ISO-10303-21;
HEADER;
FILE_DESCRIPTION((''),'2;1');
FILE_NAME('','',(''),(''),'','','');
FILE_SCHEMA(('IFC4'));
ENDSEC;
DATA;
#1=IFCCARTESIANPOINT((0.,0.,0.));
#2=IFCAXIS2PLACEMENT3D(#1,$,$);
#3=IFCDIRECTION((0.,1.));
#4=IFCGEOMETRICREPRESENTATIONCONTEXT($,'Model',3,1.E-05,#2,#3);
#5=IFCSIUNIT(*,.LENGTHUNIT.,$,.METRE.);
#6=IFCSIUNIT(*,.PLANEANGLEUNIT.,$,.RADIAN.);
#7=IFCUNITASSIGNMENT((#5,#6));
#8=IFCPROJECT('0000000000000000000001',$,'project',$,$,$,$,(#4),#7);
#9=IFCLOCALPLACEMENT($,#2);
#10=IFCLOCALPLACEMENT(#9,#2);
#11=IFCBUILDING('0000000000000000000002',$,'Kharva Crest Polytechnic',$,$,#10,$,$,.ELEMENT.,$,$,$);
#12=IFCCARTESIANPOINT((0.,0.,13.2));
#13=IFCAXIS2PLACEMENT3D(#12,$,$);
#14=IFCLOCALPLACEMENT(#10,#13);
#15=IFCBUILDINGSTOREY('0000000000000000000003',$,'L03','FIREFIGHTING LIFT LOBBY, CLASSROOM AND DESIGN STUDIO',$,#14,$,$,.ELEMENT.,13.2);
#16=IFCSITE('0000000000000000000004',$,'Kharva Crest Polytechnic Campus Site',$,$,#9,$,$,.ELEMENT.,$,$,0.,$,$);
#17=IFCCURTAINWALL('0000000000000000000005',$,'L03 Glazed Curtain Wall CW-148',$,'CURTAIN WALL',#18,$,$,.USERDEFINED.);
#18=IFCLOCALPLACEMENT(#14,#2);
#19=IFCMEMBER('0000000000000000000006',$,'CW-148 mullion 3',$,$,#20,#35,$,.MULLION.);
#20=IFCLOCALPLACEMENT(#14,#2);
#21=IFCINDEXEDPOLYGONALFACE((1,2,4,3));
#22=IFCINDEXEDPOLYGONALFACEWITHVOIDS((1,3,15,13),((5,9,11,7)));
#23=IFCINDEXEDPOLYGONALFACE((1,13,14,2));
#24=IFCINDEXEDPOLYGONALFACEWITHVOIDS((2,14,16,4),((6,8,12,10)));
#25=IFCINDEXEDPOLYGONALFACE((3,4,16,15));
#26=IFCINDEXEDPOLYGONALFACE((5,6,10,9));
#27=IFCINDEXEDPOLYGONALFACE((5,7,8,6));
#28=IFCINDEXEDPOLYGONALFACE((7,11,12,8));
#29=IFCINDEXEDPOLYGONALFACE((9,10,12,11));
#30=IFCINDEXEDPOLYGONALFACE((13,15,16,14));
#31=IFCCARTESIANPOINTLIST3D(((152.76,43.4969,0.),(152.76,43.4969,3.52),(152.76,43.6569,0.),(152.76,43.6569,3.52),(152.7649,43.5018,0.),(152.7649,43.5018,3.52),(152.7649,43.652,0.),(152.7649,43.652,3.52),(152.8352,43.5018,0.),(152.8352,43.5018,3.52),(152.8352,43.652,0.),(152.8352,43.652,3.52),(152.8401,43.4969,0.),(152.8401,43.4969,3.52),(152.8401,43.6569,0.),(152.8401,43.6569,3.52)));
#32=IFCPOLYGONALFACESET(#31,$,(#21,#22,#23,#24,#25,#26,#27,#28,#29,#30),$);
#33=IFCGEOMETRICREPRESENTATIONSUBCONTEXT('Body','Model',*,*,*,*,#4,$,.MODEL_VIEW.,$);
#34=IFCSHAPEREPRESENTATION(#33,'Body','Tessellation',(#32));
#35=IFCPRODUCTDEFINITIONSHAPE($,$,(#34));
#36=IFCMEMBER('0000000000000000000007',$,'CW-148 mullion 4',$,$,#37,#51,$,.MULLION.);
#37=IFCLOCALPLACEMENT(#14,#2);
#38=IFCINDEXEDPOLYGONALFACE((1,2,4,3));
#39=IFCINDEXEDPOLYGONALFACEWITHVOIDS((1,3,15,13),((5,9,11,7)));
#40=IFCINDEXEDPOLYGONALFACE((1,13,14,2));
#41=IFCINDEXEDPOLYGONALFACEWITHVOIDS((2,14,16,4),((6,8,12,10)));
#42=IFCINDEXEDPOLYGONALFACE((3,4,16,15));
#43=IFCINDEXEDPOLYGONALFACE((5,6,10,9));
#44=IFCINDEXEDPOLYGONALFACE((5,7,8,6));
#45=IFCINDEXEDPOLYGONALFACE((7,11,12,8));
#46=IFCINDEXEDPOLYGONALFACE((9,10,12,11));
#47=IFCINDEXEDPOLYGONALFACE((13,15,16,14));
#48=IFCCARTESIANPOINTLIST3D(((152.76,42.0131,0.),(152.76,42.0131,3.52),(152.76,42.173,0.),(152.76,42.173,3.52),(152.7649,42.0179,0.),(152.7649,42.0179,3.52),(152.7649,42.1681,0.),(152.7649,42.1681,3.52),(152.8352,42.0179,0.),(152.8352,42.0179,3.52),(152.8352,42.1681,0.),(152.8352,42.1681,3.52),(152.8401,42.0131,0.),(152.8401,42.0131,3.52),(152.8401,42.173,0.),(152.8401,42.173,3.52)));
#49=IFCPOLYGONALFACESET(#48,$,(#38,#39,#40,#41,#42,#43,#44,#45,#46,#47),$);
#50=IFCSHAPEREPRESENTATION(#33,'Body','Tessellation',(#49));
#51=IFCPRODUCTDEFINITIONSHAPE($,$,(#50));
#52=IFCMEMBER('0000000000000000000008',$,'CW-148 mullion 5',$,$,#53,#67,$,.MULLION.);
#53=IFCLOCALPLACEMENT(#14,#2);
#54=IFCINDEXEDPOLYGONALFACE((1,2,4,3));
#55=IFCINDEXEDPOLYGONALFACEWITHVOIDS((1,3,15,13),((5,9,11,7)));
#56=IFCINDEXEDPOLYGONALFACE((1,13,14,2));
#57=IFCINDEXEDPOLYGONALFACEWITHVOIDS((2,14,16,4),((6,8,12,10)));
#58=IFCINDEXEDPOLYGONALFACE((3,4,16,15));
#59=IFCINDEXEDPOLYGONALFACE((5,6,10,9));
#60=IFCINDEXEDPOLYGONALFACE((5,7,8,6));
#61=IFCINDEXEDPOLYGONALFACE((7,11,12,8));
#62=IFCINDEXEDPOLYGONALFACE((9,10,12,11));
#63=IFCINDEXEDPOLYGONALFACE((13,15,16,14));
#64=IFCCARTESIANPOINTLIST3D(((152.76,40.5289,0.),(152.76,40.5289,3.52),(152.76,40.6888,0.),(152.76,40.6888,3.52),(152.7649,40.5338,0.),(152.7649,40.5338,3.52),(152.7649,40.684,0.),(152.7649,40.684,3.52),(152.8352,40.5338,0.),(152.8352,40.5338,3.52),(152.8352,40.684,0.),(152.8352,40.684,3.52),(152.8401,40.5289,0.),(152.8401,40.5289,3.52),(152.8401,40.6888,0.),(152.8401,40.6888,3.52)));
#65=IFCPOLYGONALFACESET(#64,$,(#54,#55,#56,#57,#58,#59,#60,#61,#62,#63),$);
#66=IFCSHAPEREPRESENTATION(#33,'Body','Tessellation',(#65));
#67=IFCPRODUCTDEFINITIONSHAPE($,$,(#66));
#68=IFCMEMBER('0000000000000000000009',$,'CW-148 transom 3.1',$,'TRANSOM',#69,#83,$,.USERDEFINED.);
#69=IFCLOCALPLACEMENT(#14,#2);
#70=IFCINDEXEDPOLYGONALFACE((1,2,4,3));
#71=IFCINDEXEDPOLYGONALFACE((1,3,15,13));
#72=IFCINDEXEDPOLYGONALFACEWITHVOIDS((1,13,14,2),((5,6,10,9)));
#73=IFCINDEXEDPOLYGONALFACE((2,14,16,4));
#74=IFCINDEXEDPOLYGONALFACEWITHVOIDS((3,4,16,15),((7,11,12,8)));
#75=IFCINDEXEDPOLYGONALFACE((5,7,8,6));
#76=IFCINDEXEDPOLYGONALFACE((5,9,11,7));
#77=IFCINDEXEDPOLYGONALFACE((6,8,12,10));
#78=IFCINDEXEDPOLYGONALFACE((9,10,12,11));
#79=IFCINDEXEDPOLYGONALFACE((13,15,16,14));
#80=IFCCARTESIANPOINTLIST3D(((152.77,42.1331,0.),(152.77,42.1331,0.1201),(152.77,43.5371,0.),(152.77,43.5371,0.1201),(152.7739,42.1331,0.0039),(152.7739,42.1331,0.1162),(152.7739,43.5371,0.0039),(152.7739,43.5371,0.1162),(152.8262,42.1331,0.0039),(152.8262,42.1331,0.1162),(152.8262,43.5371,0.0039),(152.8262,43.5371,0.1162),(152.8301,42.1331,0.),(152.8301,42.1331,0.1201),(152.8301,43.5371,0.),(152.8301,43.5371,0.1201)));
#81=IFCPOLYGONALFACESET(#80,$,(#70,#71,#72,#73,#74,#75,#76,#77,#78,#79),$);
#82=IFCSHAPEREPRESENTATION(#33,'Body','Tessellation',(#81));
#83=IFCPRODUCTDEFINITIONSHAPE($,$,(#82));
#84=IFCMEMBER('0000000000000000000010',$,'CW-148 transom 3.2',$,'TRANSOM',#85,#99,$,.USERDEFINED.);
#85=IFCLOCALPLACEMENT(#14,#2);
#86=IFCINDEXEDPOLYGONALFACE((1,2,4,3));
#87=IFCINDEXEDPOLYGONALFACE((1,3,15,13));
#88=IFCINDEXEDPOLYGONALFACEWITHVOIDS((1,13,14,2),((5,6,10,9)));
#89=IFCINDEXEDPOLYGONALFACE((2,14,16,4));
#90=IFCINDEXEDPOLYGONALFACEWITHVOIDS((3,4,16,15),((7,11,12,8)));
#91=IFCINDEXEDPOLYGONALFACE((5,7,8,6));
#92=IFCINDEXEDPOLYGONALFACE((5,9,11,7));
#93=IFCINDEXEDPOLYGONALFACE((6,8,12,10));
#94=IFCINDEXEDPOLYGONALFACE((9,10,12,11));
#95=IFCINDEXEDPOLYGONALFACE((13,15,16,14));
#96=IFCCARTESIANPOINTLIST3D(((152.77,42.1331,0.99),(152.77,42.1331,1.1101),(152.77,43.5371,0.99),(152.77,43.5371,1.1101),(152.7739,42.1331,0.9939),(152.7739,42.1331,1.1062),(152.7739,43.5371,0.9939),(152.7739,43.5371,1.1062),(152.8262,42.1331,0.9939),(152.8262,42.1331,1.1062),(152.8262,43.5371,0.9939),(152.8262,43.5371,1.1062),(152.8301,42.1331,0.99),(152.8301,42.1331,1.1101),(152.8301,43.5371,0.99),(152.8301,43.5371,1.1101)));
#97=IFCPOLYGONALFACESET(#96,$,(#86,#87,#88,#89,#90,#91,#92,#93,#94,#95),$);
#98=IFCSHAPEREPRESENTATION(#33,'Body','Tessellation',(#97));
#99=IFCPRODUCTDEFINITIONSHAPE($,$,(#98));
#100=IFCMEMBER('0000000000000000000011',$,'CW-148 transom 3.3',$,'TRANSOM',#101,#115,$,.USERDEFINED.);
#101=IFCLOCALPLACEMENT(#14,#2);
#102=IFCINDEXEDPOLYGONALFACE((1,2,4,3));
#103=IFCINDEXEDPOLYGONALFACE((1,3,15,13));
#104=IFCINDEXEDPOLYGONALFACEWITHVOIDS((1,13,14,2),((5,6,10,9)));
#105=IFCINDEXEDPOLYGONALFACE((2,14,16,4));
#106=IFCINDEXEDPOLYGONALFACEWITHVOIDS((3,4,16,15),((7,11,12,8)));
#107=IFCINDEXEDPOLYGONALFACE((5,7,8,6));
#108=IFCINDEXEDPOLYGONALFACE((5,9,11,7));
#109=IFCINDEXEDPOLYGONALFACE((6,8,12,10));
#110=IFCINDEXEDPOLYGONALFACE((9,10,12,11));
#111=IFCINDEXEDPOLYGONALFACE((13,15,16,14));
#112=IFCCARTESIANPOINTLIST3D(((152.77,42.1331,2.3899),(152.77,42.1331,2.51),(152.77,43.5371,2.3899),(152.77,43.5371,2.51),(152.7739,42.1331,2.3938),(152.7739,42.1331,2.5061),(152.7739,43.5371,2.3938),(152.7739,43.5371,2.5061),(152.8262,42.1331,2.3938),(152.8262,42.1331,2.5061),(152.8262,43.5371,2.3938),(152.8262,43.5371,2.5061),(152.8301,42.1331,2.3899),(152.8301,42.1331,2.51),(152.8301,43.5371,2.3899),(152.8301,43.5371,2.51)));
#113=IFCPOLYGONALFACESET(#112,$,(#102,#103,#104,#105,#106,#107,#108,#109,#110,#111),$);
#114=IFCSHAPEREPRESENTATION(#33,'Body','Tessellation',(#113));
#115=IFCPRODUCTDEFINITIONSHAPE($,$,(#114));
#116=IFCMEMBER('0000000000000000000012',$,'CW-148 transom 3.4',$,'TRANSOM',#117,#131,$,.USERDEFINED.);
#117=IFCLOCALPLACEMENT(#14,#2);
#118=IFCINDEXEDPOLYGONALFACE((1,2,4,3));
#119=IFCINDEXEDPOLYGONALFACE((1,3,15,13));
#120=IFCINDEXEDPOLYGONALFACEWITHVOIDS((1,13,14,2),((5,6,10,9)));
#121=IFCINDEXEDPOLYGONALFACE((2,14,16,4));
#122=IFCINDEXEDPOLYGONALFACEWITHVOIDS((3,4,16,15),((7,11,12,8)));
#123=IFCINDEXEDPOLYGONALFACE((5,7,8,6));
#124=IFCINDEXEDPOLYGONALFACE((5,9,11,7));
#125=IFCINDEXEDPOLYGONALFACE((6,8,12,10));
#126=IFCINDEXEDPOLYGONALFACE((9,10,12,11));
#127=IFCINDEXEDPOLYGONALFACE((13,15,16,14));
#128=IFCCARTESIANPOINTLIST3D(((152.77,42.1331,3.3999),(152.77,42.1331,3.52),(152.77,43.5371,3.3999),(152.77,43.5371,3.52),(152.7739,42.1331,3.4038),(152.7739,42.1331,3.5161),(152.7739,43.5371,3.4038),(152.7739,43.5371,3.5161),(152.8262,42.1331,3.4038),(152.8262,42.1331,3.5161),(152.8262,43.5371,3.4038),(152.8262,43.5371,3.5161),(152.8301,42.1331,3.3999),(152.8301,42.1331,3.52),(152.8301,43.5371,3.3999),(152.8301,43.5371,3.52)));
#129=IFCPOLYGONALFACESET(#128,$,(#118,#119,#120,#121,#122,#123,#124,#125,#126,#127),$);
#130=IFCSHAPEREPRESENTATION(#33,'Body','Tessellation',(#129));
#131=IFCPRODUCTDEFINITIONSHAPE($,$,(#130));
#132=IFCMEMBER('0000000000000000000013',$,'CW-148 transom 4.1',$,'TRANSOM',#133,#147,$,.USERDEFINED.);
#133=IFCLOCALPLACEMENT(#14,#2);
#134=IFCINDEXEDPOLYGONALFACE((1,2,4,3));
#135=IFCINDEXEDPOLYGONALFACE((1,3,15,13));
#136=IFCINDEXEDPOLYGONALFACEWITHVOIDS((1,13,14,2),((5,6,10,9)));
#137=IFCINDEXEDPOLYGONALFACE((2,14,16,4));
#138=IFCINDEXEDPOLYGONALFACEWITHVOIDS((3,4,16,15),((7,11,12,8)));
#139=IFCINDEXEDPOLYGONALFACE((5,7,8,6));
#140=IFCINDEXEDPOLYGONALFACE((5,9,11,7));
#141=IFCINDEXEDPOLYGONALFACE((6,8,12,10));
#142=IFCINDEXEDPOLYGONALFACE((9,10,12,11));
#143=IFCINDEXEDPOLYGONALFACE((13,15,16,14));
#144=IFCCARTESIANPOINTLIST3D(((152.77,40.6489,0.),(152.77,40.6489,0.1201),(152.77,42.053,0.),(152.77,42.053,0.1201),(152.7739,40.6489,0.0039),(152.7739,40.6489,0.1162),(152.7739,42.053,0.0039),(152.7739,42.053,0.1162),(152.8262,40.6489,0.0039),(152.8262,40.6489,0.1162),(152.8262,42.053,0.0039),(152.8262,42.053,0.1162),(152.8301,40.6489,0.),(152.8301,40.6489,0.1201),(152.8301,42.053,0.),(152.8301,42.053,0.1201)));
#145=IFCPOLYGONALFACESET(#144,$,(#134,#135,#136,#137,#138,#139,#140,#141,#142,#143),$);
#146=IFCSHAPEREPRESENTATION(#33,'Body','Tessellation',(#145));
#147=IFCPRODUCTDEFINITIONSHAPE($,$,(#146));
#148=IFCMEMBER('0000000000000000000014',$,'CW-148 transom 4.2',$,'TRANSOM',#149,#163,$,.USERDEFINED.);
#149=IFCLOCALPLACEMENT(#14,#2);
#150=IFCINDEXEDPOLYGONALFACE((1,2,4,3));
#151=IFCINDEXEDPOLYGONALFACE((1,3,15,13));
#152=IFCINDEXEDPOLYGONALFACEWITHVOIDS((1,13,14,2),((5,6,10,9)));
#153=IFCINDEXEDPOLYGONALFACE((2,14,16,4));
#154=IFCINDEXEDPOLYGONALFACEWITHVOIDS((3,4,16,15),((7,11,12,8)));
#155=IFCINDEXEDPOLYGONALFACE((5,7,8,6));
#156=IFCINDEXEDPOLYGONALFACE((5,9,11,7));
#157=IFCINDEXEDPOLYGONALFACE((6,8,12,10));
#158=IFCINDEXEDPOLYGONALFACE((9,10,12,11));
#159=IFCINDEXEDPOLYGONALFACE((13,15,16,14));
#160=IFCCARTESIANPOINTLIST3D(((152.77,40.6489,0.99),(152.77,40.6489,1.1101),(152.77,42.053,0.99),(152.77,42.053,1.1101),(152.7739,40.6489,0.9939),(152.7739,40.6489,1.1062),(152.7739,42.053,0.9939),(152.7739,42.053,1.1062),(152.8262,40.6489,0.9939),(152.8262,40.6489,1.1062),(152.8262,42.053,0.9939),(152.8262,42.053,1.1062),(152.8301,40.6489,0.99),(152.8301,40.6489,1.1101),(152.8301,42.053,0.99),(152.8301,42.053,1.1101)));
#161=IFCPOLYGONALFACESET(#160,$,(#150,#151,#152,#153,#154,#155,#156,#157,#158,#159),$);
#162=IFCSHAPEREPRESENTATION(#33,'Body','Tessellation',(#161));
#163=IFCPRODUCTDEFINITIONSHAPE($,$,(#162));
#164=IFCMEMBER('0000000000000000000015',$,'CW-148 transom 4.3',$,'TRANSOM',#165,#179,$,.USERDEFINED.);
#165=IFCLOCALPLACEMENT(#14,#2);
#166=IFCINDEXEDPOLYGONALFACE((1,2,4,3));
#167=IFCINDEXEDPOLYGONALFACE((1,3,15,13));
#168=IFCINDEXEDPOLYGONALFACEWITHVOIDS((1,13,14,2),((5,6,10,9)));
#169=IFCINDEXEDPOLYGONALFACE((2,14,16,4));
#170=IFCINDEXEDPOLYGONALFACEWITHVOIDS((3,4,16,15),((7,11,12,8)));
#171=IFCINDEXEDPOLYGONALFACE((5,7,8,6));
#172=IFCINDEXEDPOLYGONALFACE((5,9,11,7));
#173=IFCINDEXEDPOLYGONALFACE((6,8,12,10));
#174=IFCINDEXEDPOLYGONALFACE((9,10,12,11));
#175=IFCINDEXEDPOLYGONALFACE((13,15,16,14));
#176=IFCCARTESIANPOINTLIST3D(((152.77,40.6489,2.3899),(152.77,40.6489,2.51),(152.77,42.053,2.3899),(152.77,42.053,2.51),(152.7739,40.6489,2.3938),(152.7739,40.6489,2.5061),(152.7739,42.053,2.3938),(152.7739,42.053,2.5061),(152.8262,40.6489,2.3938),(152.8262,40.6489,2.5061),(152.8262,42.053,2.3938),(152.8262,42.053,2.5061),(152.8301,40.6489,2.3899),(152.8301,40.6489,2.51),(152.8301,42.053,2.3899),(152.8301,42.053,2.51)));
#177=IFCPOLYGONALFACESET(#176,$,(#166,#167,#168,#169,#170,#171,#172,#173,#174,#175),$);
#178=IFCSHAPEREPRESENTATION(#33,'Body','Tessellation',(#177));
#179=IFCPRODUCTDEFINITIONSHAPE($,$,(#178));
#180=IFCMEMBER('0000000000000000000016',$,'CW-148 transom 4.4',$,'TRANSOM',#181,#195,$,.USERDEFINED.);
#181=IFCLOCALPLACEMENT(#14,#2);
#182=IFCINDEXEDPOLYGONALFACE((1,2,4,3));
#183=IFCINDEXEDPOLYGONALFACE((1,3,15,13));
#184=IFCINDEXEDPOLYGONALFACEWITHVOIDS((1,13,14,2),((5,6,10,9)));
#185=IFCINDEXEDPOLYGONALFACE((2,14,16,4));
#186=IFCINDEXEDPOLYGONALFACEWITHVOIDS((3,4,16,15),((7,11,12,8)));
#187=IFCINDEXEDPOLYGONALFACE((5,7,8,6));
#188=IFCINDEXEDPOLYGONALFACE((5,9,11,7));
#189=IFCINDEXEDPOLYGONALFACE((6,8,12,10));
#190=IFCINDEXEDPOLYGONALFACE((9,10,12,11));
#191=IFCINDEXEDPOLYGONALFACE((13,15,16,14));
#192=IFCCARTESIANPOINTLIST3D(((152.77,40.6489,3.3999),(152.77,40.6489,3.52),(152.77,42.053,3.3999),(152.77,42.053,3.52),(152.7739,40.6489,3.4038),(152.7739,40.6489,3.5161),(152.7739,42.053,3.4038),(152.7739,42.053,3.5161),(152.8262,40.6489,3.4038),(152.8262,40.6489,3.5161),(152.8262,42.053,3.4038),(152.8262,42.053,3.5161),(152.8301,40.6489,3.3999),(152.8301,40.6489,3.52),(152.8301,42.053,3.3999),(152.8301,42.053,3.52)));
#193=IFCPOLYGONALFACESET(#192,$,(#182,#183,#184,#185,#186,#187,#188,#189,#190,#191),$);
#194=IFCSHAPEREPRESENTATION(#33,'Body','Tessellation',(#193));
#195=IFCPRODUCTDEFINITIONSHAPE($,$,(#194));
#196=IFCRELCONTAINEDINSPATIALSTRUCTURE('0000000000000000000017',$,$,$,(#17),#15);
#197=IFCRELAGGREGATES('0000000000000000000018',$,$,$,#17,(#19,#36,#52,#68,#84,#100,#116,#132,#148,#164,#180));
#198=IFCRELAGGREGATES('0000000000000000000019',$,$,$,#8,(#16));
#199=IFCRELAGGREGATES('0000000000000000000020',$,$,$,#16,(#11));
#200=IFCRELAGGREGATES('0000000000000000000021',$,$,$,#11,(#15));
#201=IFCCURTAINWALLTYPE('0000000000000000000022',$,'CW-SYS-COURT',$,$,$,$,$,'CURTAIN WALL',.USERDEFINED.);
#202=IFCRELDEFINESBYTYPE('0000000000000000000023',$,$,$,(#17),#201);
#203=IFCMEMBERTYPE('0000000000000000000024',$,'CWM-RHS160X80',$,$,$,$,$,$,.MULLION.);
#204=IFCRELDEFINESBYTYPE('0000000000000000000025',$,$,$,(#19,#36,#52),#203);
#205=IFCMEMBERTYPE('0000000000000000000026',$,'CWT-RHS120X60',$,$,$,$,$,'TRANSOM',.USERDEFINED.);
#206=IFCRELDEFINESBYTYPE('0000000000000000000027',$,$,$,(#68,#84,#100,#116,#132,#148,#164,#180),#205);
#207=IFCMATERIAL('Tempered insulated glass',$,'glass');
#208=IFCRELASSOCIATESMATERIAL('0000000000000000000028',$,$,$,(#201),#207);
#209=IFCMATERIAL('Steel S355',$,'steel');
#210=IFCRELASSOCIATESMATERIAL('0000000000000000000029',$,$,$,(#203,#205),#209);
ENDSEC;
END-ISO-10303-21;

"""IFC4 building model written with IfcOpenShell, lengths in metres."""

from ifc_helpers import new_model, si_unit, direction, frame, origin, origin_2d, place, context, subcontext, project, spatial, hollow_rectangle, extrude, material, material_profile, profile_set, type_object, element, aggregate, save


model = new_model("IFC4")

# Units and contexts
model_context = context("Model", 3, precision=1e-05, world=origin(), true_north=direction((0.0, 1.0)))
body_context = subcontext(model_context, "Body", "Model", "MODEL_VIEW")
ifc_project = project(units=[si_unit("LENGTHUNIT", "METRE"), si_unit("PLANEANGLEUNIT", "RADIAN")], contexts=[model_context])

# Site, building, storey
site_placement = place(None, origin())
site = spatial("IfcSite", under=ifc_project, at=site_placement, Name="Kharva Crest Polytechnic Campus Site", CompositionType="ELEMENT", RefElevation=0.0)
building_placement = place(site_placement, origin())
building = spatial("IfcBuilding", under=site, at=building_placement, Name="Kharva Crest Polytechnic", CompositionType="ELEMENT")
storey_placement = place(building_placement, frame((0.0, 0.0, 13.2)))
storey = spatial("IfcBuildingStorey", under=building, at=storey_placement, Name="L03", Description="FIREFIGHTING LIFT LOBBY, CLASSROOM AND DESIGN STUDIO", CompositionType="ELEMENT", Elevation=13.2)

# Curtain wall, members
ifc_material_1 = material(Name="Tempered insulated glass", Category="glass")
curtain_wall_type = type_object("IfcCurtainWallType", Name="CW-SYS-COURT", ElementType="CURTAIN WALL", PredefinedType="USERDEFINED", material=ifc_material_1)
curtain_wall_placement = place(storey_placement, origin())
curtain_wall = element("IfcCurtainWall", 1, at=curtain_wall_placement, inside=storey, type_object=curtain_wall_type, Name="L03 Glazed Curtain Wall CW-148", ObjectType="CURTAIN WALL", PredefinedType="USERDEFINED")
ifc_material_2 = material(Name="Steel S355", Category="steel")
ifc_material_profile_1 = material_profile(ifc_material_2, hollow_rectangle(XDim=0.0801, YDim=0.1599, WallThickness=0.0049, at=origin_2d()), Name="RHS 160X80X5.0")
ifc_profile_set_1 = profile_set([ifc_material_profile_1], Name="Steel S355")
member_type_1 = type_object("IfcMemberType", Name="CWM-RHS160X80", PredefinedType="MULLION", material=ifc_profile_set_1)
member_1_placement = place(storey_placement, frame((152.8, 43.5769, 0.0), z_axis=(0.0, 0.0, 1.0), x_axis=(1.0, 0.0, 0.0)))
member_1 = element("IfcMember", 2, at=member_1_placement, type_object=member_type_1, Name="CW-148 mullion 3", PredefinedType="MULLION", context=body_context, shape_type="SweptSolid", body=[
    extrude(hollow_rectangle(XDim=0.0801, YDim=0.1599, WallThickness=0.0049, at=origin_2d()), origin(), (0.0, 0.0, 1.0), 3.52),
])
member_2_placement = place(storey_placement, frame((152.8, 42.093, 0.0), z_axis=(0.0, 0.0, 1.0), x_axis=(1.0, 0.0, 0.0)))
member_2 = element("IfcMember", 3, at=member_2_placement, type_object=member_type_1, Name="CW-148 mullion 4", PredefinedType="MULLION", context=body_context, shape_type="SweptSolid", body=[
    extrude(hollow_rectangle(XDim=0.0801, YDim=0.1599, WallThickness=0.0049, at=origin_2d()), origin(), (0.0, 0.0, 1.0), 3.52),
])
member_3_placement = place(storey_placement, frame((152.8, 40.6089, 0.0), z_axis=(0.0, 0.0, 1.0), x_axis=(1.0, 0.0, 0.0)))
member_3 = element("IfcMember", 4, at=member_3_placement, type_object=member_type_1, Name="CW-148 mullion 5", PredefinedType="MULLION", context=body_context, shape_type="SweptSolid", body=[
    extrude(hollow_rectangle(XDim=0.0801, YDim=0.1599, WallThickness=0.0049, at=origin_2d()), origin(), (0.0, 0.0, 1.0), 3.52),
])
ifc_material_profile_2 = material_profile(ifc_material_2, hollow_rectangle(XDim=0.0601, YDim=0.1201, WallThickness=0.0039, at=origin_2d()), Name="RHS 120X60X4.0")
ifc_profile_set_2 = profile_set([ifc_material_profile_2], Name="Steel S355")
member_type_2 = type_object("IfcMemberType", Name="CWT-RHS120X60", ElementType="TRANSOM", PredefinedType="USERDEFINED", material=ifc_profile_set_2)
member_4_placement = place(storey_placement, frame((152.8, 43.5371, 0.0601), z_axis=(0.0, -1.0, 0.0), x_axis=(1.0, 0.0, 0.0)))
member_4 = element("IfcMember", 5, at=member_4_placement, type_object=member_type_2, Name="CW-148 transom 3.1", ObjectType="TRANSOM", PredefinedType="USERDEFINED", context=body_context, shape_type="SweptSolid", body=[
    extrude(hollow_rectangle(XDim=0.0601, YDim=0.1201, WallThickness=0.0039, at=origin_2d()), origin(), (0.0, 0.0, 1.0), 1.4041),
])
member_5_placement = place(storey_placement, frame((152.8, 43.5371, 1.05), z_axis=(0.0, -1.0, 0.0), x_axis=(1.0, 0.0, 0.0)))
member_5 = element("IfcMember", 6, at=member_5_placement, type_object=member_type_2, Name="CW-148 transom 3.2", ObjectType="TRANSOM", PredefinedType="USERDEFINED", context=body_context, shape_type="SweptSolid", body=[
    extrude(hollow_rectangle(XDim=0.0601, YDim=0.1201, WallThickness=0.0039, at=origin_2d()), origin(), (0.0, 0.0, 1.0), 1.4041),
])
member_6_placement = place(storey_placement, frame((152.8, 43.5371, 2.45), z_axis=(0.0, -1.0, 0.0), x_axis=(1.0, 0.0, 0.0)))
member_6 = element("IfcMember", 7, at=member_6_placement, type_object=member_type_2, Name="CW-148 transom 3.3", ObjectType="TRANSOM", PredefinedType="USERDEFINED", context=body_context, shape_type="SweptSolid", body=[
    extrude(hollow_rectangle(XDim=0.0601, YDim=0.1201, WallThickness=0.0039, at=origin_2d()), origin(), (0.0, 0.0, 1.0), 1.4041),
])
member_7_placement = place(storey_placement, frame((152.8, 43.5371, 3.46), z_axis=(0.0, -1.0, 0.0), x_axis=(1.0, 0.0, 0.0)))
member_7 = element("IfcMember", 8, at=member_7_placement, type_object=member_type_2, Name="CW-148 transom 3.4", ObjectType="TRANSOM", PredefinedType="USERDEFINED", context=body_context, shape_type="SweptSolid", body=[
    extrude(hollow_rectangle(XDim=0.0601, YDim=0.1201, WallThickness=0.0039, at=origin_2d()), origin(), (0.0, 0.0, 1.0), 1.4041),
])
member_8_placement = place(storey_placement, frame((152.8, 42.053, 0.0601), z_axis=(0.0, -1.0, 0.0), x_axis=(1.0, 0.0, 0.0)))
member_8 = element("IfcMember", 9, at=member_8_placement, type_object=member_type_2, Name="CW-148 transom 4.1", ObjectType="TRANSOM", PredefinedType="USERDEFINED", context=body_context, shape_type="SweptSolid", body=[
    extrude(hollow_rectangle(XDim=0.0601, YDim=0.1201, WallThickness=0.0039, at=origin_2d()), origin(), (0.0, 0.0, 1.0), 1.4041),
])
member_9_placement = place(storey_placement, frame((152.8, 42.053, 1.05), z_axis=(0.0, -1.0, 0.0), x_axis=(1.0, 0.0, 0.0)))
member_9 = element("IfcMember", 10, at=member_9_placement, type_object=member_type_2, Name="CW-148 transom 4.2", ObjectType="TRANSOM", PredefinedType="USERDEFINED", context=body_context, shape_type="SweptSolid", body=[
    extrude(hollow_rectangle(XDim=0.0601, YDim=0.1201, WallThickness=0.0039, at=origin_2d()), origin(), (0.0, 0.0, 1.0), 1.4041),
])
member_10_placement = place(storey_placement, frame((152.8, 42.053, 2.45), z_axis=(0.0, -1.0, 0.0), x_axis=(1.0, 0.0, 0.0)))
member_10 = element("IfcMember", 11, at=member_10_placement, type_object=member_type_2, Name="CW-148 transom 4.3", ObjectType="TRANSOM", PredefinedType="USERDEFINED", context=body_context, shape_type="SweptSolid", body=[
    extrude(hollow_rectangle(XDim=0.0601, YDim=0.1201, WallThickness=0.0039, at=origin_2d()), origin(), (0.0, 0.0, 1.0), 1.4041),
])
member_11_placement = place(storey_placement, frame((152.8, 42.053, 3.46), z_axis=(0.0, -1.0, 0.0), x_axis=(1.0, 0.0, 0.0)))
member_11 = element("IfcMember", 12, at=member_11_placement, type_object=member_type_2, Name="CW-148 transom 4.4", ObjectType="TRANSOM", PredefinedType="USERDEFINED", context=body_context, shape_type="SweptSolid", body=[
    extrude(hollow_rectangle(XDim=0.0601, YDim=0.1201, WallThickness=0.0039, at=origin_2d()), origin(), (0.0, 0.0, 1.0), 1.4041),
])
aggregate(curtain_wall, [member_1, member_2, member_3, member_4, member_5, member_6, member_7, member_8, member_9, member_10, member_11])

save(model, "model.ifc")
